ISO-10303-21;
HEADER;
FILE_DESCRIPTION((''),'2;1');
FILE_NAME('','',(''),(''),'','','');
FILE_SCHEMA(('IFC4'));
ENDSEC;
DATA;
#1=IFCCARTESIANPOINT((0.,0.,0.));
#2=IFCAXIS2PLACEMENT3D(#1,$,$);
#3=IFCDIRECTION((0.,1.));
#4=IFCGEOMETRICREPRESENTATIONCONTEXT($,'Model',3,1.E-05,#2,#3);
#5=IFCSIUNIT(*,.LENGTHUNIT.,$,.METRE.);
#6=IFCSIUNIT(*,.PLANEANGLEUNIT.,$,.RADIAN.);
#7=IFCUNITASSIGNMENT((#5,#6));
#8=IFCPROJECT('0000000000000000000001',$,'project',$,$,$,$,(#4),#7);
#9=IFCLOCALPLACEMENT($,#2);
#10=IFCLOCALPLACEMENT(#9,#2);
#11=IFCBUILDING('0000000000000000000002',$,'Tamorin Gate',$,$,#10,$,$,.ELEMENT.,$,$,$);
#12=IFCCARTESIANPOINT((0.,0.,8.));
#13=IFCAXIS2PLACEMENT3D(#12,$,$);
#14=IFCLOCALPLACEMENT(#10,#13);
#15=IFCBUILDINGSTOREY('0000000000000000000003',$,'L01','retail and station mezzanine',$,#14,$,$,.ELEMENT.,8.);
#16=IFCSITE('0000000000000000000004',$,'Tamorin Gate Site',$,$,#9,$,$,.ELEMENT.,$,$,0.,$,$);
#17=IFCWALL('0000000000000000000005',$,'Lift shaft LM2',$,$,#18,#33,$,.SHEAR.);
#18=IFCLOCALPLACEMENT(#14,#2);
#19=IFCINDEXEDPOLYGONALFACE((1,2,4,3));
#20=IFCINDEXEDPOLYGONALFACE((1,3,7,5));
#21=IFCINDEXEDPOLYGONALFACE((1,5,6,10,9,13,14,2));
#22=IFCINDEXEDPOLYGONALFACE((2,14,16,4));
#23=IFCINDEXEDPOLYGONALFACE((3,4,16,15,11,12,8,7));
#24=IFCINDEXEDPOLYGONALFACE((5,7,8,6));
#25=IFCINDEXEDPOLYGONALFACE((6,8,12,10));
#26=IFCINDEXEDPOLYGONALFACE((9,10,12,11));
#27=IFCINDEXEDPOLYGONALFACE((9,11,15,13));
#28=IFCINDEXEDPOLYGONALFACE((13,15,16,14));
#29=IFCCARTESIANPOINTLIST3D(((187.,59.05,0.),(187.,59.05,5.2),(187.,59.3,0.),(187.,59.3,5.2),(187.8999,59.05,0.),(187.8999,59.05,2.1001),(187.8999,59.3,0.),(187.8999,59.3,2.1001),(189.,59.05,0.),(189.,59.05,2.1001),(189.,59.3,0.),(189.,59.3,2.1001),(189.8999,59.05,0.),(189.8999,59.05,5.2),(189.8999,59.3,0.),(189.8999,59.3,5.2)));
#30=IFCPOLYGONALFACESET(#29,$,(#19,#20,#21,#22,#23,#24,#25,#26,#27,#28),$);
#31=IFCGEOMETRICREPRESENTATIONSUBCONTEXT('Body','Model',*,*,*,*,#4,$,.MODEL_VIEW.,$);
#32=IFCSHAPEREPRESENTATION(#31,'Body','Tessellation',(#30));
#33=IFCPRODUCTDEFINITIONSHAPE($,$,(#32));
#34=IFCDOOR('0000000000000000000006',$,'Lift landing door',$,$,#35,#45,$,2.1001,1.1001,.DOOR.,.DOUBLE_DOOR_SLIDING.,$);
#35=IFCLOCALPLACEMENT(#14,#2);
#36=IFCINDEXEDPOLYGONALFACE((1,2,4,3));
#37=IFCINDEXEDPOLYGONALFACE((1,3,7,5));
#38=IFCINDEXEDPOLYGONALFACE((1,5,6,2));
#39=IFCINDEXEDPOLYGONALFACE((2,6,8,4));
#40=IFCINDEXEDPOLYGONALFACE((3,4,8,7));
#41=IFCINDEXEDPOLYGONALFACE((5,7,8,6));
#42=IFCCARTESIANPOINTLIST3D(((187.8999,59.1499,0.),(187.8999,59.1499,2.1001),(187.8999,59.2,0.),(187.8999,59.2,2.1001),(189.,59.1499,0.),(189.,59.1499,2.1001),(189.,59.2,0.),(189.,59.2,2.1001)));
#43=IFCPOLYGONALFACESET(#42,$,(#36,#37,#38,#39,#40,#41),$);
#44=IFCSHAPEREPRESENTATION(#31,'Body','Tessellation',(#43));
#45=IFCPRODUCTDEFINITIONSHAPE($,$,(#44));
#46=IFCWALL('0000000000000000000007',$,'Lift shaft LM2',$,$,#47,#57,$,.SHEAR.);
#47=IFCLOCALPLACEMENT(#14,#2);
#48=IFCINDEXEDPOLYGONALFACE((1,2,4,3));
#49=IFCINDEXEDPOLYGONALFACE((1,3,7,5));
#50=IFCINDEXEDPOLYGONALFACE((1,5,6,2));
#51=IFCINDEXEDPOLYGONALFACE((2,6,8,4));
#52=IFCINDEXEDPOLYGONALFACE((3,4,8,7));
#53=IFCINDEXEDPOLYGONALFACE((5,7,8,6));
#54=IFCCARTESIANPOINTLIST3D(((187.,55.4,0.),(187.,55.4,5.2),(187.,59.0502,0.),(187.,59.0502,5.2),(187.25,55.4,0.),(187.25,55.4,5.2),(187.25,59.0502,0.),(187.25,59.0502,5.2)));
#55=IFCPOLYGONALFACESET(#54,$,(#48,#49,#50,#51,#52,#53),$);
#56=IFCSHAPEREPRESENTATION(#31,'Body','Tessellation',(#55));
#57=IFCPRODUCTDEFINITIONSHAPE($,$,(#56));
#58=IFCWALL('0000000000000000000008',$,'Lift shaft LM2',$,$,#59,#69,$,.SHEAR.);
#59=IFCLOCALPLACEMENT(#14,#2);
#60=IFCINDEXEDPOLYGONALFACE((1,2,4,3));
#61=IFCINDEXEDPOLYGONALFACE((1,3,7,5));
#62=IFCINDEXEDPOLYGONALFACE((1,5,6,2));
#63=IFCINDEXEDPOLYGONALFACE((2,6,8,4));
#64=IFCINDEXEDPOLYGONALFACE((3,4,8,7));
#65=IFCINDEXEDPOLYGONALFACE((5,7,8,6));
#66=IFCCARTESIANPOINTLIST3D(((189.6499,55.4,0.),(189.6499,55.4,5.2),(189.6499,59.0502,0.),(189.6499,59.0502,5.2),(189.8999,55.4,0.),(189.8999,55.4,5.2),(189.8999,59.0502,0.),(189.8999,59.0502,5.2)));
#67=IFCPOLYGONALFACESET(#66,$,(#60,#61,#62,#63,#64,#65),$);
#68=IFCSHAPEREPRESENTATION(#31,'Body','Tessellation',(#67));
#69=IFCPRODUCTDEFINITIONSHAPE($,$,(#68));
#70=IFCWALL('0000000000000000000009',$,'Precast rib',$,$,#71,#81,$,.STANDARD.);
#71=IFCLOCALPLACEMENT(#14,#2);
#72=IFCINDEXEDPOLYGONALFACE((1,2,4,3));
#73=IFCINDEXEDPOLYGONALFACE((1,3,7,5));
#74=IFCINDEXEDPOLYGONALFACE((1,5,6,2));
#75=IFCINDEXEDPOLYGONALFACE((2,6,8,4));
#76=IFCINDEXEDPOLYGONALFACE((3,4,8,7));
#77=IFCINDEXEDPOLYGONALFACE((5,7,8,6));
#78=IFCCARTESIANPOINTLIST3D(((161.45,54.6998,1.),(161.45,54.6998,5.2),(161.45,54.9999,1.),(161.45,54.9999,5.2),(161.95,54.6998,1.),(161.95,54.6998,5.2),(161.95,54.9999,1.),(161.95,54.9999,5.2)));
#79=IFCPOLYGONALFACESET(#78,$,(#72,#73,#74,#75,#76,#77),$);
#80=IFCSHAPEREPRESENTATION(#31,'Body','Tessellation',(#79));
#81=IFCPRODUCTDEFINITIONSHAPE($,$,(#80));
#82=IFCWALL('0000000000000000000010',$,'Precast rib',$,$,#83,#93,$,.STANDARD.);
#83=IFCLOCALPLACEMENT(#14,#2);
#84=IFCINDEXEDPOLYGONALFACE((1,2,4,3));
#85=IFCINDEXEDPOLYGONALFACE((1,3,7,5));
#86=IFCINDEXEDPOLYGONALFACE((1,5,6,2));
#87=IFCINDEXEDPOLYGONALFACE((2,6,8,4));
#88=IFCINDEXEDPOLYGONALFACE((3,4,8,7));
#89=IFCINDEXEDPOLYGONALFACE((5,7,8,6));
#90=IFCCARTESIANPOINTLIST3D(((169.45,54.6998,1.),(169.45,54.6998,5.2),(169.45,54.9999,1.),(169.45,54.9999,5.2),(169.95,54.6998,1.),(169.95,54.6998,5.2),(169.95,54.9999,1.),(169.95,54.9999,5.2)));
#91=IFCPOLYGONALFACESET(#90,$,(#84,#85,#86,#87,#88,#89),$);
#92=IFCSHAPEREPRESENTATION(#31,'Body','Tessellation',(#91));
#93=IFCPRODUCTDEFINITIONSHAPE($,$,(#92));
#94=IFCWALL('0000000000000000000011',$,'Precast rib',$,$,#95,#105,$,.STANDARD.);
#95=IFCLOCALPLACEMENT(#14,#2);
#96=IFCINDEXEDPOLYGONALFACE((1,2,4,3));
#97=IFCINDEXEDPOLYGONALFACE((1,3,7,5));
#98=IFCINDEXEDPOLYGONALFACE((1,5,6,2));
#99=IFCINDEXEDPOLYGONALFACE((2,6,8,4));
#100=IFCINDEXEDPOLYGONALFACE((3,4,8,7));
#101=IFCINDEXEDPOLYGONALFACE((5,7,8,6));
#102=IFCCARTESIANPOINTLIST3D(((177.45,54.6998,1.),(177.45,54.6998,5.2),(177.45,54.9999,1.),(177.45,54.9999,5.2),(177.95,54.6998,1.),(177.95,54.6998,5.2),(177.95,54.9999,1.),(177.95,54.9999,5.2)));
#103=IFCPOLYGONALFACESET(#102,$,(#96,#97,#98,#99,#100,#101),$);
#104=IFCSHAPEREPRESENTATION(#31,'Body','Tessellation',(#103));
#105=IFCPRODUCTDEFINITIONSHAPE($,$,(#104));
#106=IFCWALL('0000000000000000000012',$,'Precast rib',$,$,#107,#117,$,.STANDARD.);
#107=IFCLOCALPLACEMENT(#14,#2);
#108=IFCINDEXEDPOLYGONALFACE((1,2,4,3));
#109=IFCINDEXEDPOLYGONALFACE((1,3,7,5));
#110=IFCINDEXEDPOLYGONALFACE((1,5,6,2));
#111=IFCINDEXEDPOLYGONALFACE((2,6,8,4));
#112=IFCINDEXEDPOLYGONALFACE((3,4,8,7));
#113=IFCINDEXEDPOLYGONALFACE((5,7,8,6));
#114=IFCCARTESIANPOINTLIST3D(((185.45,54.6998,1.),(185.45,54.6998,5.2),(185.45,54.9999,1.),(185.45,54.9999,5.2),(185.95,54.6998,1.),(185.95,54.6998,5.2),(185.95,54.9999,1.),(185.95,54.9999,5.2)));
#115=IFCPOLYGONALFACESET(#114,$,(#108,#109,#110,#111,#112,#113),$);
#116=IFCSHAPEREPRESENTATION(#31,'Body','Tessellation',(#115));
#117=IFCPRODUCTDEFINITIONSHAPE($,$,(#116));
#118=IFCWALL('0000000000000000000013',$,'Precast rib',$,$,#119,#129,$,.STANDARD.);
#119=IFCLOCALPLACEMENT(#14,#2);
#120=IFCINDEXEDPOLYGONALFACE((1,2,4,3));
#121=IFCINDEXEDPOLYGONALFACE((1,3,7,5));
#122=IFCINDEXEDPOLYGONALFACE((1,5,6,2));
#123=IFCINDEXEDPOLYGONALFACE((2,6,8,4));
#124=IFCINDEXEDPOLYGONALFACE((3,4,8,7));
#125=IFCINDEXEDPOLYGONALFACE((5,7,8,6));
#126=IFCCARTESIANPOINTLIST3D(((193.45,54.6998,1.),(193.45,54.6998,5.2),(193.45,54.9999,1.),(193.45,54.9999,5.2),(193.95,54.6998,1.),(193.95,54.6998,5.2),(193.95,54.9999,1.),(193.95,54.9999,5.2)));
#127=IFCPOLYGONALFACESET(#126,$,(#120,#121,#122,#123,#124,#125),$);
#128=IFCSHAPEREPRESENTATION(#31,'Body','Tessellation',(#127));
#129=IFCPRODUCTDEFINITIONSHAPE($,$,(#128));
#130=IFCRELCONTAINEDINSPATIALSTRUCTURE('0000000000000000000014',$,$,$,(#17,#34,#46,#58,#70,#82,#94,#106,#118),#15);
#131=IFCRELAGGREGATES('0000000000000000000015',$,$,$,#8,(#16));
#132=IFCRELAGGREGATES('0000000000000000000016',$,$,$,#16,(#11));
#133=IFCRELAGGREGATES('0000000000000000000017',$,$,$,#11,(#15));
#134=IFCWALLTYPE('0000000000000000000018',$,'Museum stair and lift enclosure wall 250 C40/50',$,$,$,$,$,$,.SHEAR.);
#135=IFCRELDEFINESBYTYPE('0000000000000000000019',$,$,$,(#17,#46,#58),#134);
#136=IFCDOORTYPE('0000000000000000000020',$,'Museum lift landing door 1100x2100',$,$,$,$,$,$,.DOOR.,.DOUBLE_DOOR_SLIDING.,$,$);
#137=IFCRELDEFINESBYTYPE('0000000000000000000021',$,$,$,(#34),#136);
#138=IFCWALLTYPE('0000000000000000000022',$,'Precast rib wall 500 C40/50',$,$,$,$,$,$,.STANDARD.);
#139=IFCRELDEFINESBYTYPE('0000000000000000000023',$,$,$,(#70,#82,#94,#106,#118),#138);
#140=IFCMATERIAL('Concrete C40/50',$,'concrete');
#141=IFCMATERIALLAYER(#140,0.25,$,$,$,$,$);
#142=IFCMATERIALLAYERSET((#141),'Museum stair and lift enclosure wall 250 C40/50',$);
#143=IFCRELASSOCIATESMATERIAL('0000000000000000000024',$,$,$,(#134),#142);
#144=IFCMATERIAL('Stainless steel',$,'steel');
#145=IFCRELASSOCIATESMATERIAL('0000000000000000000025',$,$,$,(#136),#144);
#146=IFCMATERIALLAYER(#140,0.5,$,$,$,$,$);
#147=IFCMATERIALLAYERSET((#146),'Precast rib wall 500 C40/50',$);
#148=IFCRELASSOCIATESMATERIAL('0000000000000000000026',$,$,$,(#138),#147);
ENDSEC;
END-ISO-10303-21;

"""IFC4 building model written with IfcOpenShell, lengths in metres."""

from ifc_helpers import new_model, si_unit, direction, frame, frame_2d, origin, place, context, subcontext, project, spatial, rectangle, extrude, material, layer, layer_set, type_object, element, fill, save


model = new_model("IFC4")

# Units and contexts
model_context = context("Model", 3, precision=1e-05, world=origin(), true_north=direction((0.0, 1.0)))
body_context = subcontext(model_context, "Body", "Model", "MODEL_VIEW")
ifc_project = project(units=[si_unit("LENGTHUNIT", "METRE"), si_unit("PLANEANGLEUNIT", "RADIAN")], contexts=[model_context])

# Site, building, storey
site_placement = place(None, origin())
site = spatial("IfcSite", under=ifc_project, at=site_placement, Name="Tamorin Gate Site", CompositionType="ELEMENT", RefElevation=0.0)
building_placement = place(site_placement, origin())
building = spatial("IfcBuilding", under=site, at=building_placement, Name="Tamorin Gate", CompositionType="ELEMENT")
storey_placement = place(building_placement, frame((0.0, 0.0, 8.0)))
storey = spatial("IfcBuildingStorey", under=building, at=storey_placement, Name="L01", Description="retail and station mezzanine", CompositionType="ELEMENT", Elevation=8.0)

# Wall, opening, door
ifc_material_1 = material(Name="Concrete C40/50", Category="concrete")
ifc_layer_1 = layer(ifc_material_1, 0.25)
ifc_layer_set_1 = layer_set([ifc_layer_1], Name="Museum stair and lift enclosure wall 250 C40/50")
wall_type_1 = type_object("IfcWallType", Name="Museum stair and lift enclosure wall 250 C40/50", PredefinedType="SHEAR", material=ifc_layer_set_1)
wall_1_placement = place(storey_placement, frame((187.0, 59.175, 0.0), z_axis=(0.0, 0.0, 1.0), x_axis=(1.0, 0.0, 0.0)))
wall_1 = element("IfcWall", 1, at=wall_1_placement, inside=storey, type_object=wall_type_1, Name="Lift shaft LM2", PredefinedType="SHEAR", context=body_context, shape_type="SweptSolid", body=[
    extrude(rectangle(XDim=2.8999, YDim=0.25, at=frame_2d((1.45, 0.0))), origin(), (0.0, 0.0, 1.0), 5.2),
])
opening_1_placement = place(wall_1_placement, frame((0.8999, 0.0, 0.0)))
opening_1 = element("IfcOpeningElement", 2, at=opening_1_placement, cuts=wall_1, PredefinedType="OPENING", context=body_context, shape_type="SweptSolid", body=[
    extrude(rectangle(XDim=1.1001, YDim=2.1001, at=frame_2d((0.55, 1.05))), frame((0.0, 0.135, 0.0), z_axis=(0.0, -1.0, 0.0), x_axis=(1.0, 0.0, 0.0)), (0.0, 0.0, 1.0), 0.27),
])
ifc_material_2 = material(Name="Stainless steel", Category="steel")
door_type_1 = type_object("IfcDoorType", Name="Museum lift landing door 1100x2100", OperationType="DOUBLE_DOOR_SLIDING", PredefinedType="DOOR", material=ifc_material_2)
door_1_placement = place(opening_1_placement, origin())
door_1 = element("IfcDoor", 3, at=door_1_placement, inside=storey, type_object=door_type_1, Name="Lift landing door", OperationType="DOUBLE_DOOR_SLIDING", OverallHeight=2.1001, OverallWidth=1.1001, PredefinedType="DOOR", context=body_context, shape_type="SweptSolid", body=[
    extrude(rectangle(XDim=1.1001, YDim=2.1001, at=frame_2d((0.55, 1.05))), frame((0.0, 0.0249, 0.0), z_axis=(0.0, -1.0, 0.0), x_axis=(1.0, 0.0, 0.0)), (0.0, 0.0, 1.0), 0.05),
])
fill(opening_1, door_1)

# Walls
for number, where, z_axis, x_axis, name in (
    (4, (187.125, 55.3999, 0.0), (0.0, 0.0, 1.0), (0.0, 1.0, 0.0), "Lift shaft LM2"),
    (5, (189.7749, 55.3999, 0.0), (0.0, 0.0, 1.0), (0.0, 1.0, 0.0), "Lift shaft LM2"),
):
    element("IfcWall", number, at=place(storey_placement, frame(where, z_axis=z_axis, x_axis=x_axis)), inside=storey, type_object=wall_type_1, Name=name, PredefinedType="SHEAR", context=body_context, shape_type="SweptSolid", body=[
        extrude(rectangle(XDim=3.6501, YDim=0.25, at=frame_2d((1.8252, 0.0))), origin(), (0.0, 0.0, 1.0), 5.2),
    ])
ifc_layer_2 = layer(ifc_material_1, 0.5)
ifc_layer_set_2 = layer_set([ifc_layer_2], Name="Precast rib wall 500 C40/50")
wall_type_2 = type_object("IfcWallType", Name="Precast rib wall 500 C40/50", PredefinedType="STANDARD", material=ifc_layer_set_2)
for number, where, z_axis, x_axis, name in (
    (6, (161.7, 54.7, 1.0), (0.0, 0.0, 1.0), (0.0, 1.0, 0.0), "Precast rib"),
    (7, (169.7, 54.7, 1.0), (0.0, 0.0, 1.0), (0.0, 1.0, 0.0), "Precast rib"),
    (8, (177.7, 54.7, 1.0), (0.0, 0.0, 1.0), (0.0, 1.0, 0.0), "Precast rib"),
    (9, (185.7, 54.7, 1.0), (0.0, 0.0, 1.0), (0.0, 1.0, 0.0), "Precast rib"),
    (10, (193.7, 54.7, 1.0), (0.0, 0.0, 1.0), (0.0, 1.0, 0.0), "Precast rib"),
):
    element("IfcWall", number, at=place(storey_placement, frame(where, z_axis=z_axis, x_axis=x_axis)), inside=storey, type_object=wall_type_2, Name=name, PredefinedType="STANDARD", context=body_context, shape_type="SweptSolid", body=[
        extrude(rectangle(XDim=0.3, YDim=0.5, at=frame_2d((0.1499, 0.0))), origin(), (0.0, 0.0, 1.0), 4.2),
    ])

save(model, "model.ifc")
